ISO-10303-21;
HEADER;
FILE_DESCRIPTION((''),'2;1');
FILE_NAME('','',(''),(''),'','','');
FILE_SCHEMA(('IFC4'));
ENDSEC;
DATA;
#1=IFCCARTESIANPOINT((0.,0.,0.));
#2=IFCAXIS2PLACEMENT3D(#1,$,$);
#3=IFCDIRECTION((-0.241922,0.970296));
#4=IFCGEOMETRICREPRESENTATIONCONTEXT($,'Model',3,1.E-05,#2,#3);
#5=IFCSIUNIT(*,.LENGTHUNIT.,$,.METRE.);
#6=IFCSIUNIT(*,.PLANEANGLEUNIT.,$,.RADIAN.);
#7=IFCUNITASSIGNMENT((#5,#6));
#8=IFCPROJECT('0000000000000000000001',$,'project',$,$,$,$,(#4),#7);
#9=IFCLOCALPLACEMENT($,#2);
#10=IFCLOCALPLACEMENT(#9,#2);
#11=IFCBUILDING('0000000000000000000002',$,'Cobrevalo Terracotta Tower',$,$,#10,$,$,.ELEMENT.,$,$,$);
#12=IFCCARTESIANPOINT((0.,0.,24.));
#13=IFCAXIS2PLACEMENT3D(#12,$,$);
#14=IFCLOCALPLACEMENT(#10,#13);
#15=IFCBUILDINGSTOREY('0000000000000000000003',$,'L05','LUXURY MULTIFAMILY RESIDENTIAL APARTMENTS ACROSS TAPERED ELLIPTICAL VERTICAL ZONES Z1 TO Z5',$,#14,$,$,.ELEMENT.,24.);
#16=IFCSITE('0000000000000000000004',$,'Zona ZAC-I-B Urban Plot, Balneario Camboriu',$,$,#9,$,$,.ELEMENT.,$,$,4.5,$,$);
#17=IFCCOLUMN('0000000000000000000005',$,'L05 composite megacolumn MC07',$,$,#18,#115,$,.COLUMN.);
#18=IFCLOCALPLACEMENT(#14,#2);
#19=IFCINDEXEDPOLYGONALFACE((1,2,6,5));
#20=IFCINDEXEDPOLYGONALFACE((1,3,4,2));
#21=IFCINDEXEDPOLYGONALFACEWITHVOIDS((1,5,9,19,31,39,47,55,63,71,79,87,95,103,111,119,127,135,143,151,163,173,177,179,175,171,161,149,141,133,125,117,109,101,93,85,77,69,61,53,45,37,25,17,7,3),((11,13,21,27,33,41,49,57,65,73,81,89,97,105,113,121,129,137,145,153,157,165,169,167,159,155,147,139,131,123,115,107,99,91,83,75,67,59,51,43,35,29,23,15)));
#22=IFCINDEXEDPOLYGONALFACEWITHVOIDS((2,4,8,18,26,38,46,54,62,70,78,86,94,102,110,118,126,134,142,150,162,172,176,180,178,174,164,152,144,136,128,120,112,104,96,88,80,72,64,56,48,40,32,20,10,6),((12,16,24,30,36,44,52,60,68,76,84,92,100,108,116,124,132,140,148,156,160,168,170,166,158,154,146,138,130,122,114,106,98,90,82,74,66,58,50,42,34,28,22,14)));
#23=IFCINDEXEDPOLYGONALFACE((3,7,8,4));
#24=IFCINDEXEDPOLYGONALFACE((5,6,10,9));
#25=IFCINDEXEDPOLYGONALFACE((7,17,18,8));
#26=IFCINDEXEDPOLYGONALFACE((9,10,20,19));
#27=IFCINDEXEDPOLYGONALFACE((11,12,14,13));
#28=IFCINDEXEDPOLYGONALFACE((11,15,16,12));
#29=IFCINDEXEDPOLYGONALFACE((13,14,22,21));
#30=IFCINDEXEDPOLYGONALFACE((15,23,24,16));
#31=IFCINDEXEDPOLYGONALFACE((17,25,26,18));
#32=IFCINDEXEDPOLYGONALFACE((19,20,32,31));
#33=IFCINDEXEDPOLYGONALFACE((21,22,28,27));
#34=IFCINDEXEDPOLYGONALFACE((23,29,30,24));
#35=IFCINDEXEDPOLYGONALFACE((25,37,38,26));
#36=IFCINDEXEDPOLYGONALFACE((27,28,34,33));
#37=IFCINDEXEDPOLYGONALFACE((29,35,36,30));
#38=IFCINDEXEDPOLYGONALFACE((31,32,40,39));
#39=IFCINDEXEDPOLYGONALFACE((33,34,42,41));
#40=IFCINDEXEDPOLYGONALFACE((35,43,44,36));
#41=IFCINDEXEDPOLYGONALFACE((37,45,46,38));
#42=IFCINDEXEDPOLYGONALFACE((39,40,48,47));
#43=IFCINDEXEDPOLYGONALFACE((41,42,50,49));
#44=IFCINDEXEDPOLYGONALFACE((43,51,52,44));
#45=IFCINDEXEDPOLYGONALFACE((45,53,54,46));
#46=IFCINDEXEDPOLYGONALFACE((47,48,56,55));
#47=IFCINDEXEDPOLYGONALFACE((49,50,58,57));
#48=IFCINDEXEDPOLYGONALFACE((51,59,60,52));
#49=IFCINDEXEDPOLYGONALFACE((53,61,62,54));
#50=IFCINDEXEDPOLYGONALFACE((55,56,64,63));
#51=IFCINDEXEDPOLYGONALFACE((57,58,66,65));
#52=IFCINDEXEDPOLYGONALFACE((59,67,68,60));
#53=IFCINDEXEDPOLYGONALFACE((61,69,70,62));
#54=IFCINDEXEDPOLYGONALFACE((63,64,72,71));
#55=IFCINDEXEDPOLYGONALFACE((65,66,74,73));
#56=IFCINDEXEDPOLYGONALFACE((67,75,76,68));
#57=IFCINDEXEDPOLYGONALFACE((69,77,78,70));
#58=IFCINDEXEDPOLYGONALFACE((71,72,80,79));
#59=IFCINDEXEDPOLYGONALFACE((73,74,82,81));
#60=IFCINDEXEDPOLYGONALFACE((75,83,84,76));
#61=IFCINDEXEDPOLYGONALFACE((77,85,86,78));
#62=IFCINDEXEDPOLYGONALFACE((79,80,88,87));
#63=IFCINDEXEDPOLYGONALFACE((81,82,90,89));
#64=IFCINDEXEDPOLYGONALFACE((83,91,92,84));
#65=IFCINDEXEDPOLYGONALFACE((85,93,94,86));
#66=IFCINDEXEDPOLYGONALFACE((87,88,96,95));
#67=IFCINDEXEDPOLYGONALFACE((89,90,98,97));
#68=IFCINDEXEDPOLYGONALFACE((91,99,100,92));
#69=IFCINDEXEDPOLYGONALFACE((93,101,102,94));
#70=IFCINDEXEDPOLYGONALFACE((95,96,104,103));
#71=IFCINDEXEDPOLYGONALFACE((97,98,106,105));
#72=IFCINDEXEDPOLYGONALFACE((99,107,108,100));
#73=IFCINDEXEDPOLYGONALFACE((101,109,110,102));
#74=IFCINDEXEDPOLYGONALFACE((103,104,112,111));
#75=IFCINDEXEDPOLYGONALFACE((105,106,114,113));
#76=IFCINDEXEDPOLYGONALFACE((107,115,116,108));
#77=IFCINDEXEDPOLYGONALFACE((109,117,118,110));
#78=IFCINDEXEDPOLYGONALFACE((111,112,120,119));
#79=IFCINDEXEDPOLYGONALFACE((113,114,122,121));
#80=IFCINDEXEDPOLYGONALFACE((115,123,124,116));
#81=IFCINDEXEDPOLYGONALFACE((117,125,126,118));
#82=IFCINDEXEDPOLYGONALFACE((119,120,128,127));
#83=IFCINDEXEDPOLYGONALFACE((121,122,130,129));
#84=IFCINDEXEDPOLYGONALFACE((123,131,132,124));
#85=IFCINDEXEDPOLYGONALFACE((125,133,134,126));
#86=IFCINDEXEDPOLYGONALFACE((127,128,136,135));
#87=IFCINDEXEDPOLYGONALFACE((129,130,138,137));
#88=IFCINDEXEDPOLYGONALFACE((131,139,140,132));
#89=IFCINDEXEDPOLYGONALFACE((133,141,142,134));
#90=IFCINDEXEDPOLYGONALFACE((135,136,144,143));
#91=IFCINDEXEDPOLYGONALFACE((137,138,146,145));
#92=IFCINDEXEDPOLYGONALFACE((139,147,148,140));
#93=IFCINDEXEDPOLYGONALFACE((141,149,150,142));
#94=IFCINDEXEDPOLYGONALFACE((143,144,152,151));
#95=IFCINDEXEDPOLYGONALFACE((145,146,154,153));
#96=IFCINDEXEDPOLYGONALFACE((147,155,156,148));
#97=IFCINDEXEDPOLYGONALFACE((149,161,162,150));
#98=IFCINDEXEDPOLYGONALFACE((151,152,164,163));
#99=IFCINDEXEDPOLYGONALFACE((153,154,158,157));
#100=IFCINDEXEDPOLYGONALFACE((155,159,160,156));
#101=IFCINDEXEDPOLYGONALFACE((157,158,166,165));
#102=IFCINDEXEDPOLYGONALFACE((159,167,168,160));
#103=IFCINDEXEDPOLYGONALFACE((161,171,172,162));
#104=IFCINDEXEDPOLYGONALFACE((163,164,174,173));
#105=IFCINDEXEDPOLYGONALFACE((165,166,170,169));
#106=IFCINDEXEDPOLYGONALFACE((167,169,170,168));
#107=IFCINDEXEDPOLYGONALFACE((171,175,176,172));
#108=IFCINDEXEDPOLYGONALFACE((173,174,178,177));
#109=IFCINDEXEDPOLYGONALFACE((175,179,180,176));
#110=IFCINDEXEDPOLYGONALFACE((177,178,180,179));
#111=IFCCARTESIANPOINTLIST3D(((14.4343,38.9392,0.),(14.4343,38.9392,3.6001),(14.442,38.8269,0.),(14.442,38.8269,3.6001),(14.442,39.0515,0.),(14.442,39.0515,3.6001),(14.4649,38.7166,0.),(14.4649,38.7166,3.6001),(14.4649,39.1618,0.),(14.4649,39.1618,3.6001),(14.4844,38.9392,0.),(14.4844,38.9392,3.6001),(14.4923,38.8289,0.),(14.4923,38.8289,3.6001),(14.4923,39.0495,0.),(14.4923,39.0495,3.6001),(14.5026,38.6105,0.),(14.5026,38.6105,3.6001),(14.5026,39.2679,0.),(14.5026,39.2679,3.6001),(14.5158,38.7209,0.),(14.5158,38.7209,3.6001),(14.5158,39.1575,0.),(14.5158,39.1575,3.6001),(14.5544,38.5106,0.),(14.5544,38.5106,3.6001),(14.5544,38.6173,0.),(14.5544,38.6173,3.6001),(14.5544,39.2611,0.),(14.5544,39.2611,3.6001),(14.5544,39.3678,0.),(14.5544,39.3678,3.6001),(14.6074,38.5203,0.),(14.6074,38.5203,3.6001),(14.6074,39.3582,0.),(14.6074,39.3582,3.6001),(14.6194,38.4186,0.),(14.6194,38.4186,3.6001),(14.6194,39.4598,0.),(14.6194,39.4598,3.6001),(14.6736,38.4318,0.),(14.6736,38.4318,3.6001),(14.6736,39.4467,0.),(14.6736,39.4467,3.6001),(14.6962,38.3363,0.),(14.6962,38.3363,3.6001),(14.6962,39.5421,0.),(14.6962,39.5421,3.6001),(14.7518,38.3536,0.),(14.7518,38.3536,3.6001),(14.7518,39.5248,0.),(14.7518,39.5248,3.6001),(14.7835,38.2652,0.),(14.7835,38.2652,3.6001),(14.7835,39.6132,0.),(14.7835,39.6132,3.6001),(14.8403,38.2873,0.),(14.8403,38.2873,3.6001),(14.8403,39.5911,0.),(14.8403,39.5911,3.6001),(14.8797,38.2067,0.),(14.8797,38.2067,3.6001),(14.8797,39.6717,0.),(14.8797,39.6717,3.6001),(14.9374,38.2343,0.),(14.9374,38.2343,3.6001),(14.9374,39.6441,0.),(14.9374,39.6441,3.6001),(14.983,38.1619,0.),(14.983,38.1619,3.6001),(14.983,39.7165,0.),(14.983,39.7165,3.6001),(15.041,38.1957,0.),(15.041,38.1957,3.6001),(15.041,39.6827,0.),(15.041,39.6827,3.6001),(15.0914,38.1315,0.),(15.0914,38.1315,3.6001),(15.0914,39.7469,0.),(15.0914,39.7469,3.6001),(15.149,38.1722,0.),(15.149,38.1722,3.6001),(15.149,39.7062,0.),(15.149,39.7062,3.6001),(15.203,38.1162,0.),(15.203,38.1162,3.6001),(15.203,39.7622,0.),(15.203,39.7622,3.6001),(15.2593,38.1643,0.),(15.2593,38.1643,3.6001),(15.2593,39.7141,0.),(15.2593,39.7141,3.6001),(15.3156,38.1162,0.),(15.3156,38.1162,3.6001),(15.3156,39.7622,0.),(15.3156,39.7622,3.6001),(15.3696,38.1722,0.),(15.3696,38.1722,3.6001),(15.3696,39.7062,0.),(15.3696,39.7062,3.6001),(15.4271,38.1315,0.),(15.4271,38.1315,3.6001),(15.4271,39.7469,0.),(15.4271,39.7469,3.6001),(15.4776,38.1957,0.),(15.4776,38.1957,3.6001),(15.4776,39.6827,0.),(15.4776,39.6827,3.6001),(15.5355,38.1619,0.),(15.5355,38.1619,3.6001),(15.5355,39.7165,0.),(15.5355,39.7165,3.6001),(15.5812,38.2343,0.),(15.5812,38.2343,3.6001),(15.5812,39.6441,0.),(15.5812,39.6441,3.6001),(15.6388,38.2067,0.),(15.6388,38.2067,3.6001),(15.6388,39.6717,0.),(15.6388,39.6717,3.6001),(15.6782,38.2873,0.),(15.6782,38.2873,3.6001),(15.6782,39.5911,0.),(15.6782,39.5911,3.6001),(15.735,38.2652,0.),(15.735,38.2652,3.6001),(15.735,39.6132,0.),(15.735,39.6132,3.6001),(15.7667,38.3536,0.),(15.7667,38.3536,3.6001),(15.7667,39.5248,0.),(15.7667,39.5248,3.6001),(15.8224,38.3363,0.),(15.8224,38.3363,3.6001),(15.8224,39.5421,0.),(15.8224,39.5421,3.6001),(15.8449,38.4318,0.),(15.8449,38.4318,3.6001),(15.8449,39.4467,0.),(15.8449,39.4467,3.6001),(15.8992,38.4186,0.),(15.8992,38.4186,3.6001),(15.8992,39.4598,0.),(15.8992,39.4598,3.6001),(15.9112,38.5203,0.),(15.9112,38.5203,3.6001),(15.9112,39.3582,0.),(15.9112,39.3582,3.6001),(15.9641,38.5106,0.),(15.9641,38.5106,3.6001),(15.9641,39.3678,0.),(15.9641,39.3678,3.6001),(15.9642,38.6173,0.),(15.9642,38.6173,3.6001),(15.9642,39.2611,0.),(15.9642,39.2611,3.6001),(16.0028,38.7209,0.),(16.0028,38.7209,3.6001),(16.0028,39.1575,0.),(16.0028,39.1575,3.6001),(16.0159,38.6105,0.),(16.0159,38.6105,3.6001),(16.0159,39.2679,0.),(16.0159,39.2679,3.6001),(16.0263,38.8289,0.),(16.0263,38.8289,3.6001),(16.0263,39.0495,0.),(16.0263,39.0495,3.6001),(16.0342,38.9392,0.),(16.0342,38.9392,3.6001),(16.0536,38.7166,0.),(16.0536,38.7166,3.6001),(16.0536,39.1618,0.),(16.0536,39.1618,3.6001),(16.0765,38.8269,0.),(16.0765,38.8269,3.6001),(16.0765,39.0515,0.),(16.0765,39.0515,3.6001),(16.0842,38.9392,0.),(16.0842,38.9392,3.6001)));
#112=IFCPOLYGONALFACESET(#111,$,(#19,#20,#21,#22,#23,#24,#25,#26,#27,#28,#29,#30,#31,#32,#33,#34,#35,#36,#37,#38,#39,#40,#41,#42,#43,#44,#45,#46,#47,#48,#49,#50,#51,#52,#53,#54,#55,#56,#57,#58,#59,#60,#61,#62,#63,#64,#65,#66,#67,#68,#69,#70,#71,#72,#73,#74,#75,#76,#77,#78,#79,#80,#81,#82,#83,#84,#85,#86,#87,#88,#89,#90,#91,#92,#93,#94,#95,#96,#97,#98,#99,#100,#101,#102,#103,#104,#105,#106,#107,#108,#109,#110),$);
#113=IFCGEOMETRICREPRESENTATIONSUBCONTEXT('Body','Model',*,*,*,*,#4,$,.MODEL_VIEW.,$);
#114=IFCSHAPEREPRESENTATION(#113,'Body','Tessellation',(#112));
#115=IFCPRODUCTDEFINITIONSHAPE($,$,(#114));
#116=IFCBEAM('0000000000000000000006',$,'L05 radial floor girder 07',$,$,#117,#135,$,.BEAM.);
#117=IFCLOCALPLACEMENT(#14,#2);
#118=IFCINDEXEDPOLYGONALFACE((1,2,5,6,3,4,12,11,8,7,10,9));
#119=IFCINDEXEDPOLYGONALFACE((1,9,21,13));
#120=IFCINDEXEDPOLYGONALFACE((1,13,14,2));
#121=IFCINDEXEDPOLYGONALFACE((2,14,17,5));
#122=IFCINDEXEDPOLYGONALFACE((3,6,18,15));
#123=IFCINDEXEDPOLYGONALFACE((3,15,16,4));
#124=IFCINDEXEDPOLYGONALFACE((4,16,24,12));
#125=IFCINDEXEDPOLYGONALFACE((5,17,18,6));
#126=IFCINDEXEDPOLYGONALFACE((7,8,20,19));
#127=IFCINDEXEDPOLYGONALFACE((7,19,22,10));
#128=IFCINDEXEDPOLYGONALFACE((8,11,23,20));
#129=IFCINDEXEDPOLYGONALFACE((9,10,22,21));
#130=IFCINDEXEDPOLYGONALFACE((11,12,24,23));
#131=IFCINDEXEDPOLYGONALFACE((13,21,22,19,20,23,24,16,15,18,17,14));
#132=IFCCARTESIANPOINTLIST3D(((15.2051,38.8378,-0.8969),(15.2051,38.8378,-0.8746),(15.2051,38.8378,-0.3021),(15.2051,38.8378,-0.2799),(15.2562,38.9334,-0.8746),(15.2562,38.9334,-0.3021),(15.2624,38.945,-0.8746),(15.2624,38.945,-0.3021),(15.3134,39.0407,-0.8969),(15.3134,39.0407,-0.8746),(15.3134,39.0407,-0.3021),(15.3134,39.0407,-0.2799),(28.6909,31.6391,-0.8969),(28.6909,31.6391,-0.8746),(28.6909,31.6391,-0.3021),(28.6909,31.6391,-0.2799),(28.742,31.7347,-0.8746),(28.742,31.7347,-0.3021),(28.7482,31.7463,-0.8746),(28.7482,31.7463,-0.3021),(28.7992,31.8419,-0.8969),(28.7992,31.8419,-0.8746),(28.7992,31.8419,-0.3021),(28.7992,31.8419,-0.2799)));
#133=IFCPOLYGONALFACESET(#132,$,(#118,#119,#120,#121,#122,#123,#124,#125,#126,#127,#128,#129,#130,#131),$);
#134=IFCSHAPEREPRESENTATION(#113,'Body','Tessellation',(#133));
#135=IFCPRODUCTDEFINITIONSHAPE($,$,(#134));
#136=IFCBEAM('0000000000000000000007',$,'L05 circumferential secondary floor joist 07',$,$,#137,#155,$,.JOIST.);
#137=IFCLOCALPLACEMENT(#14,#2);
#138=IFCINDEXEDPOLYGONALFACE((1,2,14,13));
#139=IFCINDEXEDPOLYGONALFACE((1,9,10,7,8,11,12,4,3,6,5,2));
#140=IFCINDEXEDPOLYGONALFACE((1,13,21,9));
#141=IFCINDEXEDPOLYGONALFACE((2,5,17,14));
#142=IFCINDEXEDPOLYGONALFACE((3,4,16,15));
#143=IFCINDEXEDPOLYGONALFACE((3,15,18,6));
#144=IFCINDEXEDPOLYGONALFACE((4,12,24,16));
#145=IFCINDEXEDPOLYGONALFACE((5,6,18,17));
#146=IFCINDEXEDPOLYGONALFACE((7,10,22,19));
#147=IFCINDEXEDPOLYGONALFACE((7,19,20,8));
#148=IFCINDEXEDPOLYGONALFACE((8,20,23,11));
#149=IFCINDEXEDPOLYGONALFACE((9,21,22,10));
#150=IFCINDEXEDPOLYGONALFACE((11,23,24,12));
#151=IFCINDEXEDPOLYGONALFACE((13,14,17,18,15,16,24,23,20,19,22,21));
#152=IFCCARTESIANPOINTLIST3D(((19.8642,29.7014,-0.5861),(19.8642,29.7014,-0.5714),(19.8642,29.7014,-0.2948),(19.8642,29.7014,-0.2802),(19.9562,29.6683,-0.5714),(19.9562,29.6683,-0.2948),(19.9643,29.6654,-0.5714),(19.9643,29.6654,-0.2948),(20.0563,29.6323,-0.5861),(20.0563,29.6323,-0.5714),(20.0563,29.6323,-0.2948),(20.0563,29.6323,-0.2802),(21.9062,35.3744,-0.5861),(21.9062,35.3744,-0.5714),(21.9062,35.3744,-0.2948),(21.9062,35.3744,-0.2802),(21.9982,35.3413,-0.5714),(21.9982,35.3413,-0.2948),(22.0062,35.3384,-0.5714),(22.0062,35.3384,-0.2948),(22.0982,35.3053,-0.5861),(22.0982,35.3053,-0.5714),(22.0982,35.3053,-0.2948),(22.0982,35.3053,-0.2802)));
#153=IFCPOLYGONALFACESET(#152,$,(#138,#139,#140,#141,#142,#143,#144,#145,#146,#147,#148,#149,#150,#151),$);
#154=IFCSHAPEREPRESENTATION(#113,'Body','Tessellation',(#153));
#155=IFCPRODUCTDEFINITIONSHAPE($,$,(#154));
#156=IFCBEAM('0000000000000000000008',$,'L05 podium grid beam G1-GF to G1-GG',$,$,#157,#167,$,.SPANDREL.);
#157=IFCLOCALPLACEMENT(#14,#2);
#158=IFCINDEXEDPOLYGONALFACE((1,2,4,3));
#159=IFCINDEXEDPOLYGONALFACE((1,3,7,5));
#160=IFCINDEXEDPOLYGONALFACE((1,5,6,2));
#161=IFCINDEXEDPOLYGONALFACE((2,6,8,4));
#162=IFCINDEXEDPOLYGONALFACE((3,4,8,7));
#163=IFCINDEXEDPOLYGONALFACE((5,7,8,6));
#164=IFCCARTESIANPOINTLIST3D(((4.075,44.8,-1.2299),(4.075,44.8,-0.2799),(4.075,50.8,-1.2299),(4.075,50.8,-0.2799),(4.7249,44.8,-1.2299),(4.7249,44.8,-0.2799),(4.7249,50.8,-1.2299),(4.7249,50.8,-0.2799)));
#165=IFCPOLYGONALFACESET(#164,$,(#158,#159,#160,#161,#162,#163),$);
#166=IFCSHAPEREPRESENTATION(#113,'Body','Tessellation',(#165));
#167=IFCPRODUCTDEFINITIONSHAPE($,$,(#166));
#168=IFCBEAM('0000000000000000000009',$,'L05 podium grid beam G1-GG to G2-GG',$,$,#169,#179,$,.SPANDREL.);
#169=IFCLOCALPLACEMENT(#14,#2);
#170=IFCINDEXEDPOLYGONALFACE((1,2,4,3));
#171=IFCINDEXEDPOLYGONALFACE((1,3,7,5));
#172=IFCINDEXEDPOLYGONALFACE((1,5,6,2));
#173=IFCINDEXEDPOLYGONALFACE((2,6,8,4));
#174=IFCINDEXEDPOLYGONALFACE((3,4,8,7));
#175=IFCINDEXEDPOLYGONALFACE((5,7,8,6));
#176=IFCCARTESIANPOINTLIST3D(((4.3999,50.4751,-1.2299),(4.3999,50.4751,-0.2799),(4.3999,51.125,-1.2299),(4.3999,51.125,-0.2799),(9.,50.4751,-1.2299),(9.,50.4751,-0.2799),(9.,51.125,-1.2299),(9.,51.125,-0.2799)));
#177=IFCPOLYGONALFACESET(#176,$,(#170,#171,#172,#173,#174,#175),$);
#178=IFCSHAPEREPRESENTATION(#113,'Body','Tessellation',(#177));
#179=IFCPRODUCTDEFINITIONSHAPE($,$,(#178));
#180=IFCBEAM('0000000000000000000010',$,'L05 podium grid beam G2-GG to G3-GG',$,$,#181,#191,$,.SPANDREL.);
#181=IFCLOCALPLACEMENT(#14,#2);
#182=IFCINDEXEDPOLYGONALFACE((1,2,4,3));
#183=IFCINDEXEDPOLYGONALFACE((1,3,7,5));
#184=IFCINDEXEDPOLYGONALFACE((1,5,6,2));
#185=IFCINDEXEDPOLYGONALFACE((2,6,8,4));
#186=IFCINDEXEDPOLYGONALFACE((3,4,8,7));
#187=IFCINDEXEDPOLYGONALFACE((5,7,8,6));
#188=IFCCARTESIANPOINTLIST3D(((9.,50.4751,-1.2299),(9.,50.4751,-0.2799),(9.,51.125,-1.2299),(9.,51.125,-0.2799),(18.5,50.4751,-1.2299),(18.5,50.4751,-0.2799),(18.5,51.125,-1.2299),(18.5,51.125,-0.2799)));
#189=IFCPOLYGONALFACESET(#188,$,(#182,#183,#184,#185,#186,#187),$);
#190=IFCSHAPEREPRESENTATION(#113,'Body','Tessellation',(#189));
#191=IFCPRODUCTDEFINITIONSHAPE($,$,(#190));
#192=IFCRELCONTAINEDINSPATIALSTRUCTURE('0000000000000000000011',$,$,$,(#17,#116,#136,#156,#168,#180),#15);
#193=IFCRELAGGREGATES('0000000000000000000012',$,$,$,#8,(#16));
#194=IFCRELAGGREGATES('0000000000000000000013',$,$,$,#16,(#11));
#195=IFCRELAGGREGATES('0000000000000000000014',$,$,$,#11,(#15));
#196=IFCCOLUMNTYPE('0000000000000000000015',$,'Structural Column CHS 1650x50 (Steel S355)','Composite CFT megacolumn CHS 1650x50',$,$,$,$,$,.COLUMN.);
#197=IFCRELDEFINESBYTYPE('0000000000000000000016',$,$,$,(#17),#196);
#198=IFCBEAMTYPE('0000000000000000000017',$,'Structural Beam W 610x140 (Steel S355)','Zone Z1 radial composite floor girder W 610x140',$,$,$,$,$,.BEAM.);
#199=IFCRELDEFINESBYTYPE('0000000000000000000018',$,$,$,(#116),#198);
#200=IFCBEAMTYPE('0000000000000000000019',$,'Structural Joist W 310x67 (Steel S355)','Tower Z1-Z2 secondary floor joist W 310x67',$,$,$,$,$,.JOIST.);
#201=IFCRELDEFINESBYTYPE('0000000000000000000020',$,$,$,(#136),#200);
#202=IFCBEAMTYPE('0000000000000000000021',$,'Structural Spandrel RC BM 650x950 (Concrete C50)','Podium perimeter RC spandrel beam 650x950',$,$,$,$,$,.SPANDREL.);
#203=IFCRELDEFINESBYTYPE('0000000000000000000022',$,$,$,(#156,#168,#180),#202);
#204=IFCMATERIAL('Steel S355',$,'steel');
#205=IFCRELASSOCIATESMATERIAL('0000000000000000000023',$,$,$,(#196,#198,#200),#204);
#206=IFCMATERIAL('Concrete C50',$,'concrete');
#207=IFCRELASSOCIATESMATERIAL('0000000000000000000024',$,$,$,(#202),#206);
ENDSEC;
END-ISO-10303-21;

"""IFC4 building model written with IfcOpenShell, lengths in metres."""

from ifc_helpers import new_model, si_unit, direction, frame, origin, origin_2d, place, context, subcontext, project, spatial, rectangle, hollow_circle, i_section, extrude, material, material_profile, profile_set, type_object, element, save


model = new_model("IFC4")

# Units and contexts
model_context = context("Model", 3, precision=1e-05, world=origin(), true_north=direction((-0.241922, 0.970296)))
body_context = subcontext(model_context, "Body", "Model", "MODEL_VIEW")
ifc_project = project(units=[si_unit("LENGTHUNIT", "METRE"), si_unit("PLANEANGLEUNIT", "RADIAN")], contexts=[model_context])

# Site, building, storey
site_placement = place(None, origin())
site = spatial("IfcSite", under=ifc_project, at=site_placement, Name="Zona ZAC-I-B Urban Plot, Balneario Camboriu", CompositionType="ELEMENT", RefElevation=4.5)
building_placement = place(site_placement, origin())
building = spatial("IfcBuilding", under=site, at=building_placement, Name="Cobrevalo Terracotta Tower", CompositionType="ELEMENT")
storey_placement = place(building_placement, frame((0.0, 0.0, 24.0)))
storey = spatial("IfcBuildingStorey", under=building, at=storey_placement, Name="L05", Description="LUXURY MULTIFAMILY RESIDENTIAL APARTMENTS ACROSS TAPERED ELLIPTICAL VERTICAL ZONES Z1 TO Z5", CompositionType="ELEMENT", Elevation=24.0)

# Column
ifc_material_1 = material(Name="Steel S355", Category="steel")
ifc_material_profile_1 = material_profile(ifc_material_1, hollow_circle(Radius=0.825, WallThickness=0.05, at=origin_2d()), Name="CHS 1650x50")
ifc_profile_set_1 = profile_set([ifc_material_profile_1], Name="Steel S355")
column_type = type_object("IfcColumnType", Name="Structural Column CHS 1650x50 (Steel S355)", Description="Composite CFT megacolumn CHS 1650x50", PredefinedType="COLUMN", material=ifc_profile_set_1)
for number, where, z_axis, x_axis, name in (
    (1, (15.2593, 38.9392, 0.0), (0.0, 0.0, 1.0), (1.0, 0.0, 0.0), "L05 composite megacolumn MC07"),
):
    element("IfcColumn", number, at=place(storey_placement, frame(where, z_axis=z_axis, x_axis=x_axis)), inside=storey, type_object=column_type, Name=name, PredefinedType="COLUMN", context=body_context, shape_type="SweptSolid", body=[
        extrude(hollow_circle(Radius=0.825, WallThickness=0.05, at=origin_2d()), origin(), (0.0, 0.0, 1.0), 3.6001),
    ])

# Beams
ifc_material_profile_2 = material_profile(ifc_material_1, i_section(OverallWidth=0.23, OverallDepth=0.6169, WebThickness=0.0132, FlangeThickness=0.0222, at=origin_2d()), Name="W 610x140")
ifc_profile_set_2 = profile_set([ifc_material_profile_2], Name="Steel S355")
beam_type_1 = type_object("IfcBeamType", Name="Structural Beam W 610x140 (Steel S355)", Description="Zone Z1 radial composite floor girder W 610x140", PredefinedType="BEAM", material=ifc_profile_set_2)
beam_1_placement = place(storey_placement, frame((15.2593, 38.9392, -0.5884), z_axis=(0.882182, -0.470908, 0.0), x_axis=(0.470908, 0.882182, 0.0)))
element("IfcBeam", 2, at=beam_1_placement, inside=storey, type_object=beam_type_1, Name="L05 radial floor girder 07", PredefinedType="BEAM", context=body_context, shape_type="SweptSolid", body=[
    extrude(i_section(OverallWidth=0.23, OverallDepth=0.6169, WebThickness=0.0132, FlangeThickness=0.0222, at=origin_2d()), origin(), (0.0, 0.0, 1.0), 15.2869),
])
ifc_material_profile_3 = material_profile(ifc_material_1, i_section(OverallWidth=0.2041, OverallDepth=0.3059, WebThickness=0.0085, FlangeThickness=0.0146, at=origin_2d()), Name="W 310x67")
ifc_profile_set_3 = profile_set([ifc_material_profile_3], Name="Steel S355")
beam_type_2 = type_object("IfcBeamType", Name="Structural Joist W 310x67 (Steel S355)", Description="Tower Z1-Z2 secondary floor joist W 310x67", PredefinedType="JOIST", material=ifc_profile_set_3)
beam_2_placement = place(storey_placement, frame((22.0022, 35.3398, -0.4331), z_axis=(-0.338672, -0.940904, 0.0), x_axis=(0.940904, -0.338672, 0.0)))
element("IfcBeam", 3, at=beam_2_placement, inside=storey, type_object=beam_type_2, Name="L05 circumferential secondary floor joist 07", PredefinedType="JOIST", context=body_context, shape_type="SweptSolid", body=[
    extrude(i_section(OverallWidth=0.2041, OverallDepth=0.3059, WebThickness=0.0085, FlangeThickness=0.0146, at=origin_2d()), origin(), (0.0, 0.0, 1.0), 6.0293),
])
ifc_material_2 = material(Name="Concrete C50", Category="concrete")
ifc_material_profile_4 = material_profile(ifc_material_2, rectangle(XDim=0.6499, YDim=0.95, at=origin_2d()), Name="RC BM 650x950")
ifc_profile_set_4 = profile_set([ifc_material_profile_4], Name="Concrete C50")
beam_type_3 = type_object("IfcBeamType", Name="Structural Spandrel RC BM 650x950 (Concrete C50)", Description="Podium perimeter RC spandrel beam 650x950", PredefinedType="SPANDREL", material=ifc_profile_set_4)
beam_3_placement = place(storey_placement, frame((4.3999, 44.8, -0.7549), z_axis=(0.0, 1.0, 0.0), x_axis=(-1.0, 0.0, 0.0)))
element("IfcBeam", 4, at=beam_3_placement, inside=storey, type_object=beam_type_3, Name="L05 podium grid beam G1-GF to G1-GG", PredefinedType="SPANDREL", context=body_context, shape_type="SweptSolid", body=[
    extrude(rectangle(XDim=0.6499, YDim=0.95, at=origin_2d()), origin(), (0.0, 0.0, 1.0), 6.0),
])
beam_4_placement = place(storey_placement, frame((4.3999, 50.8, -0.7549), z_axis=(1.0, 0.0, 0.0), x_axis=(0.0, 1.0, 0.0)))
element("IfcBeam", 5, at=beam_4_placement, inside=storey, type_object=beam_type_3, Name="L05 podium grid beam G1-GG to G2-GG", PredefinedType="SPANDREL", context=body_context, shape_type="SweptSolid", body=[
    extrude(rectangle(XDim=0.6499, YDim=0.95, at=origin_2d()), origin(), (0.0, 0.0, 1.0), 4.6001),
])
beam_5_placement = place(storey_placement, frame((9.0, 50.8, -0.7549), z_axis=(1.0, 0.0, 0.0), x_axis=(0.0, 1.0, 0.0)))
element("IfcBeam", 6, at=beam_5_placement, inside=storey, type_object=beam_type_3, Name="L05 podium grid beam G2-GG to G3-GG", PredefinedType="SPANDREL", context=body_context, shape_type="SweptSolid", body=[
    extrude(rectangle(XDim=0.6499, YDim=0.95, at=origin_2d()), origin(), (0.0, 0.0, 1.0), 9.5),
])

save(model, "model.ifc")
